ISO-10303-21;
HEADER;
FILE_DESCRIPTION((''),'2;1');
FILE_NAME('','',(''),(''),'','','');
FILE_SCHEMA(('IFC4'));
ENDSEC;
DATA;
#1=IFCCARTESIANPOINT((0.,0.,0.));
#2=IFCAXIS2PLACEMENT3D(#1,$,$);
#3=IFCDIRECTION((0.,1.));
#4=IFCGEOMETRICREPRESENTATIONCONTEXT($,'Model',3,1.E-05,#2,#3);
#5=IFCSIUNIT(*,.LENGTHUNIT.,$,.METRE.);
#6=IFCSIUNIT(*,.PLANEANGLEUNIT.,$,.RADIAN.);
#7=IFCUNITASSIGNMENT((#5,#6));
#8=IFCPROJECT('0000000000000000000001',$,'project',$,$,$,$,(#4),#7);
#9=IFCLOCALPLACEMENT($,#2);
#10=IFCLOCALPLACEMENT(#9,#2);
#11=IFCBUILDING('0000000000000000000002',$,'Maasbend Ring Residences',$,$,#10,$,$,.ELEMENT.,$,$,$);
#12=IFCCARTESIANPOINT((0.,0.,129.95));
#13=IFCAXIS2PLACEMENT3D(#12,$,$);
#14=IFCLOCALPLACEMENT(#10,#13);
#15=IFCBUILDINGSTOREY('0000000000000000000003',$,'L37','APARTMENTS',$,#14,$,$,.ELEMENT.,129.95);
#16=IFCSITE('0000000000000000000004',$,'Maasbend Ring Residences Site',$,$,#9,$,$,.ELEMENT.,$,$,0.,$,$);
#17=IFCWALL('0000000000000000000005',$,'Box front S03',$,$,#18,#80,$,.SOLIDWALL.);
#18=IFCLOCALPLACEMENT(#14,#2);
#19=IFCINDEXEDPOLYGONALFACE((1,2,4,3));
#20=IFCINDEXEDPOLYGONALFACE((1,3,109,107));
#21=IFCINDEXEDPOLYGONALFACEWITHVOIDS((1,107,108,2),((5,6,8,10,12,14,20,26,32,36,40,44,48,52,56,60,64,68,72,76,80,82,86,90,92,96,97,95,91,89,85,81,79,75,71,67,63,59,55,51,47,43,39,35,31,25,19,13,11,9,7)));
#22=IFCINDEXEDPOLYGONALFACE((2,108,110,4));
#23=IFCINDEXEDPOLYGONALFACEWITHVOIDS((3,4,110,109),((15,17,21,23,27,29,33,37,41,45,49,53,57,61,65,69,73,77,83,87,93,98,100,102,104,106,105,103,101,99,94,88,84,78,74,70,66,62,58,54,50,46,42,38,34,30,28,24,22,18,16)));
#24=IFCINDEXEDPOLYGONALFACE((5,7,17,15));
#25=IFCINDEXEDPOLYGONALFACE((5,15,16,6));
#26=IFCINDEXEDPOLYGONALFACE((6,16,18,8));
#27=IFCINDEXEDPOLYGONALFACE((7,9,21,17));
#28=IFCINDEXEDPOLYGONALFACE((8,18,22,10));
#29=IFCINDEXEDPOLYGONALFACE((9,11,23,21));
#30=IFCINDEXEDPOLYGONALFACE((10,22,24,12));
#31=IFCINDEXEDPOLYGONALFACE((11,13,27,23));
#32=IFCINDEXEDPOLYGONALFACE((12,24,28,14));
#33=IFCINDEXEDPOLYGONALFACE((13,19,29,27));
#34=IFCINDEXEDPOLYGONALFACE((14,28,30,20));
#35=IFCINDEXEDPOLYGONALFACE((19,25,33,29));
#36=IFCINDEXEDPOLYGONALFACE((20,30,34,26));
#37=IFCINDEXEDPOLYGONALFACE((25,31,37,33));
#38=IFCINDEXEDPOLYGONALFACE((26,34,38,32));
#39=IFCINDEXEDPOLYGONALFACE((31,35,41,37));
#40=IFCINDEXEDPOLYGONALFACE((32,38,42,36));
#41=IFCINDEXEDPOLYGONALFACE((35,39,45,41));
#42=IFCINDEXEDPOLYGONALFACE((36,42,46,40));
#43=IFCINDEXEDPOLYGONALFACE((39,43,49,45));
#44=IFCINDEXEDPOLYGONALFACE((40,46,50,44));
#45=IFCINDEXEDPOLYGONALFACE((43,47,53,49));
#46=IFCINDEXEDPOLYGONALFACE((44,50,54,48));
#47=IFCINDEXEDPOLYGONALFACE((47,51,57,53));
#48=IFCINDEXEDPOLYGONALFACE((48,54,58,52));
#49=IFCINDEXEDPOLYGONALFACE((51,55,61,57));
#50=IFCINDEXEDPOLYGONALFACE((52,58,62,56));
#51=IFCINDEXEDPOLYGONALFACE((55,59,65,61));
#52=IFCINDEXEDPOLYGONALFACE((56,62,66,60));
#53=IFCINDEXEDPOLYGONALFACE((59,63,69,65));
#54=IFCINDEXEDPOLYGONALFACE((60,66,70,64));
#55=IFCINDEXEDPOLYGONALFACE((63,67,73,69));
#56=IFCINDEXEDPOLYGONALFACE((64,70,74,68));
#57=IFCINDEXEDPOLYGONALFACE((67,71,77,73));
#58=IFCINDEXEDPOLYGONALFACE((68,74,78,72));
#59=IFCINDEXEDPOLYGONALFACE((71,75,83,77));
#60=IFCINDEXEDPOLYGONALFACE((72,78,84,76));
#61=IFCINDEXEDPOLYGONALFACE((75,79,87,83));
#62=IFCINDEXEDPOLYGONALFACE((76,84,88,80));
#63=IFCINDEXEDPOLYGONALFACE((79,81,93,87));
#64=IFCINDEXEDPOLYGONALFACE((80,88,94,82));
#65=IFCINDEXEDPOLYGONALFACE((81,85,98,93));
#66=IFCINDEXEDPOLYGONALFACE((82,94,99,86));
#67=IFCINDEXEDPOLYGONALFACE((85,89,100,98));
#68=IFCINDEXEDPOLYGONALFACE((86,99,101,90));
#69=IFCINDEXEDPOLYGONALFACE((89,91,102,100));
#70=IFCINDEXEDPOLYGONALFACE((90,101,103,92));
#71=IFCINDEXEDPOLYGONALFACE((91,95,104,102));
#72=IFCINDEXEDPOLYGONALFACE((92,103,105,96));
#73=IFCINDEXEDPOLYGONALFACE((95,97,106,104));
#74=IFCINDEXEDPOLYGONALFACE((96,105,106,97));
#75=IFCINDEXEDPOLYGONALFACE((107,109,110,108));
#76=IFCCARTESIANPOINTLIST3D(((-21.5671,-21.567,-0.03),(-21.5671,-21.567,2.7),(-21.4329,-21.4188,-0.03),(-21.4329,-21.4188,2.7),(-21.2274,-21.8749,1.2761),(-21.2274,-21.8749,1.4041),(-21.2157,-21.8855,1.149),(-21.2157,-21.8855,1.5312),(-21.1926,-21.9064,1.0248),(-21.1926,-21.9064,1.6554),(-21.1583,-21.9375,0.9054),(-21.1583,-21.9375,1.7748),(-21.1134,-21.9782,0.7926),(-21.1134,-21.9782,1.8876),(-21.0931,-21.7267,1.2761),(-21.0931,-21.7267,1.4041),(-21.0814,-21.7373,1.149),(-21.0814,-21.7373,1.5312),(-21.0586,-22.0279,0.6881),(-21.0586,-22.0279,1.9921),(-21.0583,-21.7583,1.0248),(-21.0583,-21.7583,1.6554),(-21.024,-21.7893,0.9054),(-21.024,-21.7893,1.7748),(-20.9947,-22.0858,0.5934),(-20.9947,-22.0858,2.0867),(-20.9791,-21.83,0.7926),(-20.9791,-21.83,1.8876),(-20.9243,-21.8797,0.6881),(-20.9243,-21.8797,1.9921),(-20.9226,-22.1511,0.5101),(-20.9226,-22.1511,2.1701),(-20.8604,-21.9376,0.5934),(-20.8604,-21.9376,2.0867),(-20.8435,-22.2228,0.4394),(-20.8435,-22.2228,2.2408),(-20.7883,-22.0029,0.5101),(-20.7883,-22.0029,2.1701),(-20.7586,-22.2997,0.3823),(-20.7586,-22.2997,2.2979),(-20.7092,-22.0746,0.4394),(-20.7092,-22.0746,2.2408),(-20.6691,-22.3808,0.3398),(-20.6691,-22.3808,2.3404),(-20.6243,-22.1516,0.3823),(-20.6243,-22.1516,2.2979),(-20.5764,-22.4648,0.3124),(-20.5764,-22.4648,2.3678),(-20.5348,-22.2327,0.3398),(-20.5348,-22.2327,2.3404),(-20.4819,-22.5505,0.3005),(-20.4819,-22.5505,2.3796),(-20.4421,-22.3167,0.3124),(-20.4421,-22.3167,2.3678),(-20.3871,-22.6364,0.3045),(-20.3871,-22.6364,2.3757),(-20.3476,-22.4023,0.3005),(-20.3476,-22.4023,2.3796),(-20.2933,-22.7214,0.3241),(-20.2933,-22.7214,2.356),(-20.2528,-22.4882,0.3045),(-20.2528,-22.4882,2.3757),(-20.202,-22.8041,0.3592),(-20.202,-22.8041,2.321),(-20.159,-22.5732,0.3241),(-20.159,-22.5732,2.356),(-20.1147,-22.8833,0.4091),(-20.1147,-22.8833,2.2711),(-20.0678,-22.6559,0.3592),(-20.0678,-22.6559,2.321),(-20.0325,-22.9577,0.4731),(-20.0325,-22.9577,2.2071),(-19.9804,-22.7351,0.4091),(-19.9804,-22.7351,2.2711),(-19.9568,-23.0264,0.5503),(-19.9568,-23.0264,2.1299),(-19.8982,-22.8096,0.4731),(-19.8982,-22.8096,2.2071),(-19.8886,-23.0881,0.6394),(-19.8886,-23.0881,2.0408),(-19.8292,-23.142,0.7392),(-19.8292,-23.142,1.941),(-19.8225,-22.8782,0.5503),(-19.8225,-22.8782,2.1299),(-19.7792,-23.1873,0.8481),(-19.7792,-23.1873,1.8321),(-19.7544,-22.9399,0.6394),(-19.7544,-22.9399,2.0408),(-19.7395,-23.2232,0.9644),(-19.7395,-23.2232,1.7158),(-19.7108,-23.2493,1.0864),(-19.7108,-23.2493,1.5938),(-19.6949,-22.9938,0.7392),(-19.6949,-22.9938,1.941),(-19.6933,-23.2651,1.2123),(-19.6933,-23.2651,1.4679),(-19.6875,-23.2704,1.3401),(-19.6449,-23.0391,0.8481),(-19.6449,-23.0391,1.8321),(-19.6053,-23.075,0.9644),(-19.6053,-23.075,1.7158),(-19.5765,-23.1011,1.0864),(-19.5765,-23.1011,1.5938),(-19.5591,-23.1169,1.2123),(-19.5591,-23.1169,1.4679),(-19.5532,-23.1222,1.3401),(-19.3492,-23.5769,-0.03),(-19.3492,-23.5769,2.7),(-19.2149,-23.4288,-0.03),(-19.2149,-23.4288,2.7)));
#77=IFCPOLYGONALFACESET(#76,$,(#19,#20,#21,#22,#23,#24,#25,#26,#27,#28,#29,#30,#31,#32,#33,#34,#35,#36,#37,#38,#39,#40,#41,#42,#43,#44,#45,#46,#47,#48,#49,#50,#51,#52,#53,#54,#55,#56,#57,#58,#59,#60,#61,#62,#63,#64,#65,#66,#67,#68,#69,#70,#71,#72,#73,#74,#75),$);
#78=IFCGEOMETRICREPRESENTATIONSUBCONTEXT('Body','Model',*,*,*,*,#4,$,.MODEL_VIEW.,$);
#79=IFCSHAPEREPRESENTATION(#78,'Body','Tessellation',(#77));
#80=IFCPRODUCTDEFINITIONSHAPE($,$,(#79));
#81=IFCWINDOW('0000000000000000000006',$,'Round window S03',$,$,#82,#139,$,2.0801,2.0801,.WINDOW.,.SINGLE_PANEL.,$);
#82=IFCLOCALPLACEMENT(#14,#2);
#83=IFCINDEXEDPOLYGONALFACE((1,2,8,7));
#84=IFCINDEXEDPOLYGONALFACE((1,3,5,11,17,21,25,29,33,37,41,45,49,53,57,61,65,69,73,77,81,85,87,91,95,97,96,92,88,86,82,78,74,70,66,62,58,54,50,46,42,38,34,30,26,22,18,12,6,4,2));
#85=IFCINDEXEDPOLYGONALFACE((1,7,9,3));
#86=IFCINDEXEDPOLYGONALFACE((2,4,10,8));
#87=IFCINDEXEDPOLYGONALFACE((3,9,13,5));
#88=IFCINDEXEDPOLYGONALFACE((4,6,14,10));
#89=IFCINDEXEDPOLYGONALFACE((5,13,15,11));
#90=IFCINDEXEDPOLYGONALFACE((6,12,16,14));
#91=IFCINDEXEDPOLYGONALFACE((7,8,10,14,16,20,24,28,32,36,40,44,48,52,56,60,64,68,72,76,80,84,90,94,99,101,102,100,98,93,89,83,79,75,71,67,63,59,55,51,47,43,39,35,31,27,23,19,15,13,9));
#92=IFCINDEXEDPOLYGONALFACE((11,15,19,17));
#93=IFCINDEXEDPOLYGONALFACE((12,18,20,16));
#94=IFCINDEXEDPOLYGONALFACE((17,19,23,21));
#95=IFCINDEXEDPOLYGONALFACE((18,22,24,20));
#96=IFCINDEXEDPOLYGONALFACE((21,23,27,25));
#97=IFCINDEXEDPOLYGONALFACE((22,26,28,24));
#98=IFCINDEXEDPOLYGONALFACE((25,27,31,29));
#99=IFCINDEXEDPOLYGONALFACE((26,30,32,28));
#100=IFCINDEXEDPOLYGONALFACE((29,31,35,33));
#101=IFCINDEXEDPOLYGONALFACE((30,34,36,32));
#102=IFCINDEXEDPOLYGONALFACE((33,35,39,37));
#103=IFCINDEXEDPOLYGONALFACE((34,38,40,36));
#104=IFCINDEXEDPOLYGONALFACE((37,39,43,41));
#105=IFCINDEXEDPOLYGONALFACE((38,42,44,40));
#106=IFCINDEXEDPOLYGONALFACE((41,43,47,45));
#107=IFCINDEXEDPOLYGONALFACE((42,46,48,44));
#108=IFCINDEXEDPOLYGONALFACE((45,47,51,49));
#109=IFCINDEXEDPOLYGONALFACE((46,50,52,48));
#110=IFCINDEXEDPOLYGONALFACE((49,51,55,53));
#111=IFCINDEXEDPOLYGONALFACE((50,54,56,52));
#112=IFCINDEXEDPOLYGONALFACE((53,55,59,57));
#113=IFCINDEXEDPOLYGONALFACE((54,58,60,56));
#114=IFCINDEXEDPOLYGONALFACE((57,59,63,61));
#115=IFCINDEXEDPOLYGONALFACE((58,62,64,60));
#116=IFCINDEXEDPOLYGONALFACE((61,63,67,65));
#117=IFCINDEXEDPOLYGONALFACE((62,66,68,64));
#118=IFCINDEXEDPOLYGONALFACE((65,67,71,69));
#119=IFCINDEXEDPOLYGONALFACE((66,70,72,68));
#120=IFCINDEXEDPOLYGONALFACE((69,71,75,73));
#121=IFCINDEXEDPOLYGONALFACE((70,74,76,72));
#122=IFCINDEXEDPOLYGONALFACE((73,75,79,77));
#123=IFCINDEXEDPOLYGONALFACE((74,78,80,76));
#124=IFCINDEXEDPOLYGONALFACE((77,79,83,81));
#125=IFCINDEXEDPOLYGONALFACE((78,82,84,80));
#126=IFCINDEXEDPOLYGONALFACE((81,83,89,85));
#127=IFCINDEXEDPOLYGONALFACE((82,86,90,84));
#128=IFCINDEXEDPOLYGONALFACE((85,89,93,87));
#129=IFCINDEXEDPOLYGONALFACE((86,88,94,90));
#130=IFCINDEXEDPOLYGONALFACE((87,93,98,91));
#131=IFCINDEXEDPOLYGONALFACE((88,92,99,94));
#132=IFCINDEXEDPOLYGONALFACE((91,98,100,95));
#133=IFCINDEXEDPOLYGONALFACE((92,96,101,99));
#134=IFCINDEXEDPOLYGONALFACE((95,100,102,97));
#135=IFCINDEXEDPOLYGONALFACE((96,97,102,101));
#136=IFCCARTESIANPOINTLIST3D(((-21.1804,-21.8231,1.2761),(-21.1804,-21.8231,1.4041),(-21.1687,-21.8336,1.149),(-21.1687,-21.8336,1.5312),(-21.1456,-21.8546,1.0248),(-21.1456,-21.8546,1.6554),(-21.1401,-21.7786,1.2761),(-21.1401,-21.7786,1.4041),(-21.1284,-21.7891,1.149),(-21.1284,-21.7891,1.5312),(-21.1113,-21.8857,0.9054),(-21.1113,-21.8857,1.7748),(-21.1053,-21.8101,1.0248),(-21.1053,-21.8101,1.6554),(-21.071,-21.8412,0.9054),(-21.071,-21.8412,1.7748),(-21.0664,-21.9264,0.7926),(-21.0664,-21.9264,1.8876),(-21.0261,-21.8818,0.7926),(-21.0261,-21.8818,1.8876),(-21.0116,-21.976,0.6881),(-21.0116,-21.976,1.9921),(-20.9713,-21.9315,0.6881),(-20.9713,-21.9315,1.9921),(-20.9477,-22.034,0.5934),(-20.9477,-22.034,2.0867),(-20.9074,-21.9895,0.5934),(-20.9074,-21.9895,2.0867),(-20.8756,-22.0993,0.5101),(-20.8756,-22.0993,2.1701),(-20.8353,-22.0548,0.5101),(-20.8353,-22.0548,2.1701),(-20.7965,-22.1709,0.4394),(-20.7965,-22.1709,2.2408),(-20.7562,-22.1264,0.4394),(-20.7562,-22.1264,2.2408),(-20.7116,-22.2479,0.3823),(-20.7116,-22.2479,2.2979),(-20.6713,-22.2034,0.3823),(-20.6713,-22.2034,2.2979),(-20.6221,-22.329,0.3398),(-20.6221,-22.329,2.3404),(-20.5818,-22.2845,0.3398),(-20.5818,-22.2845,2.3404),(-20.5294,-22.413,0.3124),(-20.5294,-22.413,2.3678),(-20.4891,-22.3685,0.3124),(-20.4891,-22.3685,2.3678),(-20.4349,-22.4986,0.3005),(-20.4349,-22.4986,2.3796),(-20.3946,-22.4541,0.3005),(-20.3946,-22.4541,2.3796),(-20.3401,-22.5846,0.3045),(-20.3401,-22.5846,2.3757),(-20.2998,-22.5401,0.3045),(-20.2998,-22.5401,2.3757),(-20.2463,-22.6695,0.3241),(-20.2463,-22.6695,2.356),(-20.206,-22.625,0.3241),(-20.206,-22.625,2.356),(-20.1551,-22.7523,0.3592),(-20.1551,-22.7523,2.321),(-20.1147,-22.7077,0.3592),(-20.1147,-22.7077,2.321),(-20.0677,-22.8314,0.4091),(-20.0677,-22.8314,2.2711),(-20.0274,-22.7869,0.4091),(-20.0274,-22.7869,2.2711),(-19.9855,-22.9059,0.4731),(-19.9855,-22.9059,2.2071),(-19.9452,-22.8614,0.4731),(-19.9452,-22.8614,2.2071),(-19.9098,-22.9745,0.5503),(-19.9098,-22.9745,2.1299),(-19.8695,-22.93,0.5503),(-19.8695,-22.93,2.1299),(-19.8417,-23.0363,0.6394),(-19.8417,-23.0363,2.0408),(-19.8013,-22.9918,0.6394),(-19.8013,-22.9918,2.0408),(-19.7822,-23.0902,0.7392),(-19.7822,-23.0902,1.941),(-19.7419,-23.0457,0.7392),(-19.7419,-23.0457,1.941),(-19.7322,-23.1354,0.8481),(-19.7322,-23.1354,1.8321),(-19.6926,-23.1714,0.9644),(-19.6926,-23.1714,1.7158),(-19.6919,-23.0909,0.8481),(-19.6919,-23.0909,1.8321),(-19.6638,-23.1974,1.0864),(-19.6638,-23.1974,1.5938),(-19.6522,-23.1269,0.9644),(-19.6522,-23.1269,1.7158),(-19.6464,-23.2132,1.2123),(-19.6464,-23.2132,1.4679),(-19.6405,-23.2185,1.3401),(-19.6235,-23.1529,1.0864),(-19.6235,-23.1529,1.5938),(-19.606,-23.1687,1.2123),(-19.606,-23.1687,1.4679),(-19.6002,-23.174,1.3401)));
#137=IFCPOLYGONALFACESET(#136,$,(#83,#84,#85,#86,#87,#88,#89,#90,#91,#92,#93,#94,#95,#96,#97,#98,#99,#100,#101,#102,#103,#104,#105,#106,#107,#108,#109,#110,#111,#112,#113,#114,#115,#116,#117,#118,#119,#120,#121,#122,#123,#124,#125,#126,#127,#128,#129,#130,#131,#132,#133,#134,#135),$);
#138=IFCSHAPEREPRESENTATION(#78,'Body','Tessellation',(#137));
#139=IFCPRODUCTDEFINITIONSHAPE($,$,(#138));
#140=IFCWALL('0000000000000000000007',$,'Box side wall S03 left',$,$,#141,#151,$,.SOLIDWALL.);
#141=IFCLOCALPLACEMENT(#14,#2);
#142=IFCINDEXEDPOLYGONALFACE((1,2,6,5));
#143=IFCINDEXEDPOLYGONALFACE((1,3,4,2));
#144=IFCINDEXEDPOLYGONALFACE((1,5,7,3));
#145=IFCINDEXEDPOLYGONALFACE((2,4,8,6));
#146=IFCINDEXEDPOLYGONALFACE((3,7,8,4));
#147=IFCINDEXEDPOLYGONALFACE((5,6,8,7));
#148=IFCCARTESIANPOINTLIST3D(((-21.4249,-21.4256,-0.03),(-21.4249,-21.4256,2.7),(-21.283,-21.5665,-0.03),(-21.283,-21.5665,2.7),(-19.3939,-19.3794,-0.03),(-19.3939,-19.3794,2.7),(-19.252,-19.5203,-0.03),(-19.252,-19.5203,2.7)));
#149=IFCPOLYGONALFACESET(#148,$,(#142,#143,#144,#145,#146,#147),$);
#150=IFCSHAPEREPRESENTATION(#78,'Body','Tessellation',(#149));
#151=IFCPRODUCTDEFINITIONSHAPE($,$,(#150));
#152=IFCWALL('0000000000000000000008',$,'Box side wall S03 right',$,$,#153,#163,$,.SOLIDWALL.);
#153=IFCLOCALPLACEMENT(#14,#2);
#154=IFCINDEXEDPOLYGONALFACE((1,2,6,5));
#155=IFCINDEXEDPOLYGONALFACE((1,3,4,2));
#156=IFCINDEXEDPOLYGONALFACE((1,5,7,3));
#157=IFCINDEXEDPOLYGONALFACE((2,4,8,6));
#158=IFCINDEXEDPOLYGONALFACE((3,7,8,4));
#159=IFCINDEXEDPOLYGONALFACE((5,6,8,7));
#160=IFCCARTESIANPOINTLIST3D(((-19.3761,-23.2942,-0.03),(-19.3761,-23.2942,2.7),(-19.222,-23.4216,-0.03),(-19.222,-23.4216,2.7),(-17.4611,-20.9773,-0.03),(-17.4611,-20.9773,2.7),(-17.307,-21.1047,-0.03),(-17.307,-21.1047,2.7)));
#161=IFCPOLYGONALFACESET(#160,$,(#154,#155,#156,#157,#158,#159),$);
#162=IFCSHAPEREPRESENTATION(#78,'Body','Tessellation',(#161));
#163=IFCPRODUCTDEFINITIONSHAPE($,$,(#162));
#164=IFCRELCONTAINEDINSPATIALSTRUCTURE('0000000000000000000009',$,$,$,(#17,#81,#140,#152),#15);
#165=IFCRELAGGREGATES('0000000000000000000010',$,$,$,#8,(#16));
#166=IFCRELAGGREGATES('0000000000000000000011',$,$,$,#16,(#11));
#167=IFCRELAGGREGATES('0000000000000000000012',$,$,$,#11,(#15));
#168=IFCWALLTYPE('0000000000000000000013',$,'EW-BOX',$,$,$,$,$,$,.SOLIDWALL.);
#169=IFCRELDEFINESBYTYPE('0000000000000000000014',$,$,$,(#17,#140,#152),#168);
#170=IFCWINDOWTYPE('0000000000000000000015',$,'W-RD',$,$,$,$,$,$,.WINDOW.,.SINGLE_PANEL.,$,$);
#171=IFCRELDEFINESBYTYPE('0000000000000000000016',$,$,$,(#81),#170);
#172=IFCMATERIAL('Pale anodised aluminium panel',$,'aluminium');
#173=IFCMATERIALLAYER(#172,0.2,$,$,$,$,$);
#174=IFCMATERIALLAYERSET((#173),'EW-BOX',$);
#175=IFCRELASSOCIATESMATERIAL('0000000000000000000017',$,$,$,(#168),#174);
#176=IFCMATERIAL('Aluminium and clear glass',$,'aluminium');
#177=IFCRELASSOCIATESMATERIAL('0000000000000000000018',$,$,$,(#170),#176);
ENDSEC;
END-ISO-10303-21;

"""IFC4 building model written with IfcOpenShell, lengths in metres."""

from ifc_helpers import new_model, si_unit, direction, frame, frame_2d, origin, place, context, subcontext, project, spatial, rectangle, circle, extrude, material, layer, layer_set, type_object, element, fill, save


model = new_model("IFC4")

# Units and contexts
model_context = context("Model", 3, precision=1e-05, world=origin(), true_north=direction((0.0, 1.0)))
body_context = subcontext(model_context, "Body", "Model", "MODEL_VIEW")
ifc_project = project(units=[si_unit("LENGTHUNIT", "METRE"), si_unit("PLANEANGLEUNIT", "RADIAN")], contexts=[model_context])

# Site, building, storey
site_placement = place(None, origin())
site = spatial("IfcSite", under=ifc_project, at=site_placement, Name="Maasbend Ring Residences Site", CompositionType="ELEMENT", RefElevation=0.0)
building_placement = place(site_placement, origin())
building = spatial("IfcBuilding", under=site, at=building_placement, Name="Maasbend Ring Residences", CompositionType="ELEMENT")
storey_placement = place(building_placement, frame((0.0, 0.0, 129.95)))
storey = spatial("IfcBuildingStorey", under=building, at=storey_placement, Name="L37", Description="APARTMENTS", CompositionType="ELEMENT", Elevation=129.95)

# Wall, opening, window
ifc_material_1 = material(Name="Pale anodised aluminium panel", Category="aluminium")
ifc_layer_1 = layer(ifc_material_1, 0.2)
ifc_layer_set_1 = layer_set([ifc_layer_1], Name="EW-BOX")
wall_type_1 = type_object("IfcWallType", Name="EW-BOX", PredefinedType="SOLIDWALL", material=ifc_layer_set_1)
wall_1_placement = place(storey_placement, frame((-21.5, -21.4929, -0.03), z_axis=(0.0, 0.0, 1.0), x_axis=(0.740998, -0.671507, 0.0)))
wall_1 = element("IfcWall", 1, at=wall_1_placement, inside=storey, type_object=wall_type_1, Name="Box front S03", PredefinedType="SOLIDWALL", context=body_context, shape_type="SweptSolid", body=[
    extrude(rectangle(XDim=2.9932, YDim=0.2, at=frame_2d((1.4966, 0.0))), origin(), (0.0, 0.0, 1.0), 2.73),
])
opening_1_placement = place(wall_1_placement, frame((0.4565, 0.0, 0.3301)))
opening_1 = element("IfcOpeningElement", 2, at=opening_1_placement, cuts=wall_1, PredefinedType="OPENING", context=body_context, shape_type="SweptSolid", body=[
    extrude(circle(Radius=1.04, at=frame_2d((1.04, 1.04))), frame((0.0, 0.1099, 0.0), z_axis=(0.0, -1.0, 0.0), x_axis=(1.0, 0.0, 0.0)), (0.0, 0.0, 1.0), 0.22),
])
ifc_material_2 = material(Name="Aluminium and clear glass", Category="aluminium")
window_type_1 = type_object("IfcWindowType", Name="W-RD", PartitioningType="SINGLE_PANEL", PredefinedType="WINDOW", material=ifc_material_2)
window_1_placement = place(opening_1_placement, origin())
window_1 = element("IfcWindow", 3, at=window_1_placement, inside=storey, type_object=window_type_1, Name="Round window S03", OverallHeight=2.0801, OverallWidth=2.0801, PartitioningType="SINGLE_PANEL", PredefinedType="WINDOW", context=body_context, shape_type="SweptSolid", body=[
    extrude(circle(Radius=1.04, at=frame_2d((1.04, 1.04))), frame((0.0, 0.03, 0.0), z_axis=(0.0, -1.0, 0.0), x_axis=(1.0, 0.0, 0.0)), (0.0, 0.0, 1.0), 0.0601),
])
fill(opening_1, window_1)

# Walls
wall_2_placement = place(storey_placement, frame((-19.323, -19.45, -0.03), z_axis=(0.0, 0.0, 1.0), x_axis=(-0.704477, -0.709727, 0.0)))
element("IfcWall", 4, at=wall_2_placement, inside=storey, type_object=wall_type_1, Name="Box side wall S03 left", PredefinedType="SOLIDWALL", context=body_context, shape_type="SweptSolid", body=[
    extrude(rectangle(XDim=2.8831, YDim=0.2, at=frame_2d((1.4414, 0.0))), origin(), (0.0, 0.0, 1.0), 2.73),
])
wall_3_placement = place(storey_placement, frame((-17.384, -21.041, -0.03), z_axis=(0.0, 0.0, 1.0), x_axis=(-0.637096, -0.770785, 0.0)))
element("IfcWall", 5, at=wall_3_placement, inside=storey, type_object=wall_type_1, Name="Box side wall S03 right", PredefinedType="SOLIDWALL", context=body_context, shape_type="SweptSolid", body=[
    extrude(rectangle(XDim=3.0059, YDim=0.2, at=frame_2d((1.5029, 0.0))), origin(), (0.0, 0.0, 1.0), 2.73),
])

save(model, "model.ifc")
